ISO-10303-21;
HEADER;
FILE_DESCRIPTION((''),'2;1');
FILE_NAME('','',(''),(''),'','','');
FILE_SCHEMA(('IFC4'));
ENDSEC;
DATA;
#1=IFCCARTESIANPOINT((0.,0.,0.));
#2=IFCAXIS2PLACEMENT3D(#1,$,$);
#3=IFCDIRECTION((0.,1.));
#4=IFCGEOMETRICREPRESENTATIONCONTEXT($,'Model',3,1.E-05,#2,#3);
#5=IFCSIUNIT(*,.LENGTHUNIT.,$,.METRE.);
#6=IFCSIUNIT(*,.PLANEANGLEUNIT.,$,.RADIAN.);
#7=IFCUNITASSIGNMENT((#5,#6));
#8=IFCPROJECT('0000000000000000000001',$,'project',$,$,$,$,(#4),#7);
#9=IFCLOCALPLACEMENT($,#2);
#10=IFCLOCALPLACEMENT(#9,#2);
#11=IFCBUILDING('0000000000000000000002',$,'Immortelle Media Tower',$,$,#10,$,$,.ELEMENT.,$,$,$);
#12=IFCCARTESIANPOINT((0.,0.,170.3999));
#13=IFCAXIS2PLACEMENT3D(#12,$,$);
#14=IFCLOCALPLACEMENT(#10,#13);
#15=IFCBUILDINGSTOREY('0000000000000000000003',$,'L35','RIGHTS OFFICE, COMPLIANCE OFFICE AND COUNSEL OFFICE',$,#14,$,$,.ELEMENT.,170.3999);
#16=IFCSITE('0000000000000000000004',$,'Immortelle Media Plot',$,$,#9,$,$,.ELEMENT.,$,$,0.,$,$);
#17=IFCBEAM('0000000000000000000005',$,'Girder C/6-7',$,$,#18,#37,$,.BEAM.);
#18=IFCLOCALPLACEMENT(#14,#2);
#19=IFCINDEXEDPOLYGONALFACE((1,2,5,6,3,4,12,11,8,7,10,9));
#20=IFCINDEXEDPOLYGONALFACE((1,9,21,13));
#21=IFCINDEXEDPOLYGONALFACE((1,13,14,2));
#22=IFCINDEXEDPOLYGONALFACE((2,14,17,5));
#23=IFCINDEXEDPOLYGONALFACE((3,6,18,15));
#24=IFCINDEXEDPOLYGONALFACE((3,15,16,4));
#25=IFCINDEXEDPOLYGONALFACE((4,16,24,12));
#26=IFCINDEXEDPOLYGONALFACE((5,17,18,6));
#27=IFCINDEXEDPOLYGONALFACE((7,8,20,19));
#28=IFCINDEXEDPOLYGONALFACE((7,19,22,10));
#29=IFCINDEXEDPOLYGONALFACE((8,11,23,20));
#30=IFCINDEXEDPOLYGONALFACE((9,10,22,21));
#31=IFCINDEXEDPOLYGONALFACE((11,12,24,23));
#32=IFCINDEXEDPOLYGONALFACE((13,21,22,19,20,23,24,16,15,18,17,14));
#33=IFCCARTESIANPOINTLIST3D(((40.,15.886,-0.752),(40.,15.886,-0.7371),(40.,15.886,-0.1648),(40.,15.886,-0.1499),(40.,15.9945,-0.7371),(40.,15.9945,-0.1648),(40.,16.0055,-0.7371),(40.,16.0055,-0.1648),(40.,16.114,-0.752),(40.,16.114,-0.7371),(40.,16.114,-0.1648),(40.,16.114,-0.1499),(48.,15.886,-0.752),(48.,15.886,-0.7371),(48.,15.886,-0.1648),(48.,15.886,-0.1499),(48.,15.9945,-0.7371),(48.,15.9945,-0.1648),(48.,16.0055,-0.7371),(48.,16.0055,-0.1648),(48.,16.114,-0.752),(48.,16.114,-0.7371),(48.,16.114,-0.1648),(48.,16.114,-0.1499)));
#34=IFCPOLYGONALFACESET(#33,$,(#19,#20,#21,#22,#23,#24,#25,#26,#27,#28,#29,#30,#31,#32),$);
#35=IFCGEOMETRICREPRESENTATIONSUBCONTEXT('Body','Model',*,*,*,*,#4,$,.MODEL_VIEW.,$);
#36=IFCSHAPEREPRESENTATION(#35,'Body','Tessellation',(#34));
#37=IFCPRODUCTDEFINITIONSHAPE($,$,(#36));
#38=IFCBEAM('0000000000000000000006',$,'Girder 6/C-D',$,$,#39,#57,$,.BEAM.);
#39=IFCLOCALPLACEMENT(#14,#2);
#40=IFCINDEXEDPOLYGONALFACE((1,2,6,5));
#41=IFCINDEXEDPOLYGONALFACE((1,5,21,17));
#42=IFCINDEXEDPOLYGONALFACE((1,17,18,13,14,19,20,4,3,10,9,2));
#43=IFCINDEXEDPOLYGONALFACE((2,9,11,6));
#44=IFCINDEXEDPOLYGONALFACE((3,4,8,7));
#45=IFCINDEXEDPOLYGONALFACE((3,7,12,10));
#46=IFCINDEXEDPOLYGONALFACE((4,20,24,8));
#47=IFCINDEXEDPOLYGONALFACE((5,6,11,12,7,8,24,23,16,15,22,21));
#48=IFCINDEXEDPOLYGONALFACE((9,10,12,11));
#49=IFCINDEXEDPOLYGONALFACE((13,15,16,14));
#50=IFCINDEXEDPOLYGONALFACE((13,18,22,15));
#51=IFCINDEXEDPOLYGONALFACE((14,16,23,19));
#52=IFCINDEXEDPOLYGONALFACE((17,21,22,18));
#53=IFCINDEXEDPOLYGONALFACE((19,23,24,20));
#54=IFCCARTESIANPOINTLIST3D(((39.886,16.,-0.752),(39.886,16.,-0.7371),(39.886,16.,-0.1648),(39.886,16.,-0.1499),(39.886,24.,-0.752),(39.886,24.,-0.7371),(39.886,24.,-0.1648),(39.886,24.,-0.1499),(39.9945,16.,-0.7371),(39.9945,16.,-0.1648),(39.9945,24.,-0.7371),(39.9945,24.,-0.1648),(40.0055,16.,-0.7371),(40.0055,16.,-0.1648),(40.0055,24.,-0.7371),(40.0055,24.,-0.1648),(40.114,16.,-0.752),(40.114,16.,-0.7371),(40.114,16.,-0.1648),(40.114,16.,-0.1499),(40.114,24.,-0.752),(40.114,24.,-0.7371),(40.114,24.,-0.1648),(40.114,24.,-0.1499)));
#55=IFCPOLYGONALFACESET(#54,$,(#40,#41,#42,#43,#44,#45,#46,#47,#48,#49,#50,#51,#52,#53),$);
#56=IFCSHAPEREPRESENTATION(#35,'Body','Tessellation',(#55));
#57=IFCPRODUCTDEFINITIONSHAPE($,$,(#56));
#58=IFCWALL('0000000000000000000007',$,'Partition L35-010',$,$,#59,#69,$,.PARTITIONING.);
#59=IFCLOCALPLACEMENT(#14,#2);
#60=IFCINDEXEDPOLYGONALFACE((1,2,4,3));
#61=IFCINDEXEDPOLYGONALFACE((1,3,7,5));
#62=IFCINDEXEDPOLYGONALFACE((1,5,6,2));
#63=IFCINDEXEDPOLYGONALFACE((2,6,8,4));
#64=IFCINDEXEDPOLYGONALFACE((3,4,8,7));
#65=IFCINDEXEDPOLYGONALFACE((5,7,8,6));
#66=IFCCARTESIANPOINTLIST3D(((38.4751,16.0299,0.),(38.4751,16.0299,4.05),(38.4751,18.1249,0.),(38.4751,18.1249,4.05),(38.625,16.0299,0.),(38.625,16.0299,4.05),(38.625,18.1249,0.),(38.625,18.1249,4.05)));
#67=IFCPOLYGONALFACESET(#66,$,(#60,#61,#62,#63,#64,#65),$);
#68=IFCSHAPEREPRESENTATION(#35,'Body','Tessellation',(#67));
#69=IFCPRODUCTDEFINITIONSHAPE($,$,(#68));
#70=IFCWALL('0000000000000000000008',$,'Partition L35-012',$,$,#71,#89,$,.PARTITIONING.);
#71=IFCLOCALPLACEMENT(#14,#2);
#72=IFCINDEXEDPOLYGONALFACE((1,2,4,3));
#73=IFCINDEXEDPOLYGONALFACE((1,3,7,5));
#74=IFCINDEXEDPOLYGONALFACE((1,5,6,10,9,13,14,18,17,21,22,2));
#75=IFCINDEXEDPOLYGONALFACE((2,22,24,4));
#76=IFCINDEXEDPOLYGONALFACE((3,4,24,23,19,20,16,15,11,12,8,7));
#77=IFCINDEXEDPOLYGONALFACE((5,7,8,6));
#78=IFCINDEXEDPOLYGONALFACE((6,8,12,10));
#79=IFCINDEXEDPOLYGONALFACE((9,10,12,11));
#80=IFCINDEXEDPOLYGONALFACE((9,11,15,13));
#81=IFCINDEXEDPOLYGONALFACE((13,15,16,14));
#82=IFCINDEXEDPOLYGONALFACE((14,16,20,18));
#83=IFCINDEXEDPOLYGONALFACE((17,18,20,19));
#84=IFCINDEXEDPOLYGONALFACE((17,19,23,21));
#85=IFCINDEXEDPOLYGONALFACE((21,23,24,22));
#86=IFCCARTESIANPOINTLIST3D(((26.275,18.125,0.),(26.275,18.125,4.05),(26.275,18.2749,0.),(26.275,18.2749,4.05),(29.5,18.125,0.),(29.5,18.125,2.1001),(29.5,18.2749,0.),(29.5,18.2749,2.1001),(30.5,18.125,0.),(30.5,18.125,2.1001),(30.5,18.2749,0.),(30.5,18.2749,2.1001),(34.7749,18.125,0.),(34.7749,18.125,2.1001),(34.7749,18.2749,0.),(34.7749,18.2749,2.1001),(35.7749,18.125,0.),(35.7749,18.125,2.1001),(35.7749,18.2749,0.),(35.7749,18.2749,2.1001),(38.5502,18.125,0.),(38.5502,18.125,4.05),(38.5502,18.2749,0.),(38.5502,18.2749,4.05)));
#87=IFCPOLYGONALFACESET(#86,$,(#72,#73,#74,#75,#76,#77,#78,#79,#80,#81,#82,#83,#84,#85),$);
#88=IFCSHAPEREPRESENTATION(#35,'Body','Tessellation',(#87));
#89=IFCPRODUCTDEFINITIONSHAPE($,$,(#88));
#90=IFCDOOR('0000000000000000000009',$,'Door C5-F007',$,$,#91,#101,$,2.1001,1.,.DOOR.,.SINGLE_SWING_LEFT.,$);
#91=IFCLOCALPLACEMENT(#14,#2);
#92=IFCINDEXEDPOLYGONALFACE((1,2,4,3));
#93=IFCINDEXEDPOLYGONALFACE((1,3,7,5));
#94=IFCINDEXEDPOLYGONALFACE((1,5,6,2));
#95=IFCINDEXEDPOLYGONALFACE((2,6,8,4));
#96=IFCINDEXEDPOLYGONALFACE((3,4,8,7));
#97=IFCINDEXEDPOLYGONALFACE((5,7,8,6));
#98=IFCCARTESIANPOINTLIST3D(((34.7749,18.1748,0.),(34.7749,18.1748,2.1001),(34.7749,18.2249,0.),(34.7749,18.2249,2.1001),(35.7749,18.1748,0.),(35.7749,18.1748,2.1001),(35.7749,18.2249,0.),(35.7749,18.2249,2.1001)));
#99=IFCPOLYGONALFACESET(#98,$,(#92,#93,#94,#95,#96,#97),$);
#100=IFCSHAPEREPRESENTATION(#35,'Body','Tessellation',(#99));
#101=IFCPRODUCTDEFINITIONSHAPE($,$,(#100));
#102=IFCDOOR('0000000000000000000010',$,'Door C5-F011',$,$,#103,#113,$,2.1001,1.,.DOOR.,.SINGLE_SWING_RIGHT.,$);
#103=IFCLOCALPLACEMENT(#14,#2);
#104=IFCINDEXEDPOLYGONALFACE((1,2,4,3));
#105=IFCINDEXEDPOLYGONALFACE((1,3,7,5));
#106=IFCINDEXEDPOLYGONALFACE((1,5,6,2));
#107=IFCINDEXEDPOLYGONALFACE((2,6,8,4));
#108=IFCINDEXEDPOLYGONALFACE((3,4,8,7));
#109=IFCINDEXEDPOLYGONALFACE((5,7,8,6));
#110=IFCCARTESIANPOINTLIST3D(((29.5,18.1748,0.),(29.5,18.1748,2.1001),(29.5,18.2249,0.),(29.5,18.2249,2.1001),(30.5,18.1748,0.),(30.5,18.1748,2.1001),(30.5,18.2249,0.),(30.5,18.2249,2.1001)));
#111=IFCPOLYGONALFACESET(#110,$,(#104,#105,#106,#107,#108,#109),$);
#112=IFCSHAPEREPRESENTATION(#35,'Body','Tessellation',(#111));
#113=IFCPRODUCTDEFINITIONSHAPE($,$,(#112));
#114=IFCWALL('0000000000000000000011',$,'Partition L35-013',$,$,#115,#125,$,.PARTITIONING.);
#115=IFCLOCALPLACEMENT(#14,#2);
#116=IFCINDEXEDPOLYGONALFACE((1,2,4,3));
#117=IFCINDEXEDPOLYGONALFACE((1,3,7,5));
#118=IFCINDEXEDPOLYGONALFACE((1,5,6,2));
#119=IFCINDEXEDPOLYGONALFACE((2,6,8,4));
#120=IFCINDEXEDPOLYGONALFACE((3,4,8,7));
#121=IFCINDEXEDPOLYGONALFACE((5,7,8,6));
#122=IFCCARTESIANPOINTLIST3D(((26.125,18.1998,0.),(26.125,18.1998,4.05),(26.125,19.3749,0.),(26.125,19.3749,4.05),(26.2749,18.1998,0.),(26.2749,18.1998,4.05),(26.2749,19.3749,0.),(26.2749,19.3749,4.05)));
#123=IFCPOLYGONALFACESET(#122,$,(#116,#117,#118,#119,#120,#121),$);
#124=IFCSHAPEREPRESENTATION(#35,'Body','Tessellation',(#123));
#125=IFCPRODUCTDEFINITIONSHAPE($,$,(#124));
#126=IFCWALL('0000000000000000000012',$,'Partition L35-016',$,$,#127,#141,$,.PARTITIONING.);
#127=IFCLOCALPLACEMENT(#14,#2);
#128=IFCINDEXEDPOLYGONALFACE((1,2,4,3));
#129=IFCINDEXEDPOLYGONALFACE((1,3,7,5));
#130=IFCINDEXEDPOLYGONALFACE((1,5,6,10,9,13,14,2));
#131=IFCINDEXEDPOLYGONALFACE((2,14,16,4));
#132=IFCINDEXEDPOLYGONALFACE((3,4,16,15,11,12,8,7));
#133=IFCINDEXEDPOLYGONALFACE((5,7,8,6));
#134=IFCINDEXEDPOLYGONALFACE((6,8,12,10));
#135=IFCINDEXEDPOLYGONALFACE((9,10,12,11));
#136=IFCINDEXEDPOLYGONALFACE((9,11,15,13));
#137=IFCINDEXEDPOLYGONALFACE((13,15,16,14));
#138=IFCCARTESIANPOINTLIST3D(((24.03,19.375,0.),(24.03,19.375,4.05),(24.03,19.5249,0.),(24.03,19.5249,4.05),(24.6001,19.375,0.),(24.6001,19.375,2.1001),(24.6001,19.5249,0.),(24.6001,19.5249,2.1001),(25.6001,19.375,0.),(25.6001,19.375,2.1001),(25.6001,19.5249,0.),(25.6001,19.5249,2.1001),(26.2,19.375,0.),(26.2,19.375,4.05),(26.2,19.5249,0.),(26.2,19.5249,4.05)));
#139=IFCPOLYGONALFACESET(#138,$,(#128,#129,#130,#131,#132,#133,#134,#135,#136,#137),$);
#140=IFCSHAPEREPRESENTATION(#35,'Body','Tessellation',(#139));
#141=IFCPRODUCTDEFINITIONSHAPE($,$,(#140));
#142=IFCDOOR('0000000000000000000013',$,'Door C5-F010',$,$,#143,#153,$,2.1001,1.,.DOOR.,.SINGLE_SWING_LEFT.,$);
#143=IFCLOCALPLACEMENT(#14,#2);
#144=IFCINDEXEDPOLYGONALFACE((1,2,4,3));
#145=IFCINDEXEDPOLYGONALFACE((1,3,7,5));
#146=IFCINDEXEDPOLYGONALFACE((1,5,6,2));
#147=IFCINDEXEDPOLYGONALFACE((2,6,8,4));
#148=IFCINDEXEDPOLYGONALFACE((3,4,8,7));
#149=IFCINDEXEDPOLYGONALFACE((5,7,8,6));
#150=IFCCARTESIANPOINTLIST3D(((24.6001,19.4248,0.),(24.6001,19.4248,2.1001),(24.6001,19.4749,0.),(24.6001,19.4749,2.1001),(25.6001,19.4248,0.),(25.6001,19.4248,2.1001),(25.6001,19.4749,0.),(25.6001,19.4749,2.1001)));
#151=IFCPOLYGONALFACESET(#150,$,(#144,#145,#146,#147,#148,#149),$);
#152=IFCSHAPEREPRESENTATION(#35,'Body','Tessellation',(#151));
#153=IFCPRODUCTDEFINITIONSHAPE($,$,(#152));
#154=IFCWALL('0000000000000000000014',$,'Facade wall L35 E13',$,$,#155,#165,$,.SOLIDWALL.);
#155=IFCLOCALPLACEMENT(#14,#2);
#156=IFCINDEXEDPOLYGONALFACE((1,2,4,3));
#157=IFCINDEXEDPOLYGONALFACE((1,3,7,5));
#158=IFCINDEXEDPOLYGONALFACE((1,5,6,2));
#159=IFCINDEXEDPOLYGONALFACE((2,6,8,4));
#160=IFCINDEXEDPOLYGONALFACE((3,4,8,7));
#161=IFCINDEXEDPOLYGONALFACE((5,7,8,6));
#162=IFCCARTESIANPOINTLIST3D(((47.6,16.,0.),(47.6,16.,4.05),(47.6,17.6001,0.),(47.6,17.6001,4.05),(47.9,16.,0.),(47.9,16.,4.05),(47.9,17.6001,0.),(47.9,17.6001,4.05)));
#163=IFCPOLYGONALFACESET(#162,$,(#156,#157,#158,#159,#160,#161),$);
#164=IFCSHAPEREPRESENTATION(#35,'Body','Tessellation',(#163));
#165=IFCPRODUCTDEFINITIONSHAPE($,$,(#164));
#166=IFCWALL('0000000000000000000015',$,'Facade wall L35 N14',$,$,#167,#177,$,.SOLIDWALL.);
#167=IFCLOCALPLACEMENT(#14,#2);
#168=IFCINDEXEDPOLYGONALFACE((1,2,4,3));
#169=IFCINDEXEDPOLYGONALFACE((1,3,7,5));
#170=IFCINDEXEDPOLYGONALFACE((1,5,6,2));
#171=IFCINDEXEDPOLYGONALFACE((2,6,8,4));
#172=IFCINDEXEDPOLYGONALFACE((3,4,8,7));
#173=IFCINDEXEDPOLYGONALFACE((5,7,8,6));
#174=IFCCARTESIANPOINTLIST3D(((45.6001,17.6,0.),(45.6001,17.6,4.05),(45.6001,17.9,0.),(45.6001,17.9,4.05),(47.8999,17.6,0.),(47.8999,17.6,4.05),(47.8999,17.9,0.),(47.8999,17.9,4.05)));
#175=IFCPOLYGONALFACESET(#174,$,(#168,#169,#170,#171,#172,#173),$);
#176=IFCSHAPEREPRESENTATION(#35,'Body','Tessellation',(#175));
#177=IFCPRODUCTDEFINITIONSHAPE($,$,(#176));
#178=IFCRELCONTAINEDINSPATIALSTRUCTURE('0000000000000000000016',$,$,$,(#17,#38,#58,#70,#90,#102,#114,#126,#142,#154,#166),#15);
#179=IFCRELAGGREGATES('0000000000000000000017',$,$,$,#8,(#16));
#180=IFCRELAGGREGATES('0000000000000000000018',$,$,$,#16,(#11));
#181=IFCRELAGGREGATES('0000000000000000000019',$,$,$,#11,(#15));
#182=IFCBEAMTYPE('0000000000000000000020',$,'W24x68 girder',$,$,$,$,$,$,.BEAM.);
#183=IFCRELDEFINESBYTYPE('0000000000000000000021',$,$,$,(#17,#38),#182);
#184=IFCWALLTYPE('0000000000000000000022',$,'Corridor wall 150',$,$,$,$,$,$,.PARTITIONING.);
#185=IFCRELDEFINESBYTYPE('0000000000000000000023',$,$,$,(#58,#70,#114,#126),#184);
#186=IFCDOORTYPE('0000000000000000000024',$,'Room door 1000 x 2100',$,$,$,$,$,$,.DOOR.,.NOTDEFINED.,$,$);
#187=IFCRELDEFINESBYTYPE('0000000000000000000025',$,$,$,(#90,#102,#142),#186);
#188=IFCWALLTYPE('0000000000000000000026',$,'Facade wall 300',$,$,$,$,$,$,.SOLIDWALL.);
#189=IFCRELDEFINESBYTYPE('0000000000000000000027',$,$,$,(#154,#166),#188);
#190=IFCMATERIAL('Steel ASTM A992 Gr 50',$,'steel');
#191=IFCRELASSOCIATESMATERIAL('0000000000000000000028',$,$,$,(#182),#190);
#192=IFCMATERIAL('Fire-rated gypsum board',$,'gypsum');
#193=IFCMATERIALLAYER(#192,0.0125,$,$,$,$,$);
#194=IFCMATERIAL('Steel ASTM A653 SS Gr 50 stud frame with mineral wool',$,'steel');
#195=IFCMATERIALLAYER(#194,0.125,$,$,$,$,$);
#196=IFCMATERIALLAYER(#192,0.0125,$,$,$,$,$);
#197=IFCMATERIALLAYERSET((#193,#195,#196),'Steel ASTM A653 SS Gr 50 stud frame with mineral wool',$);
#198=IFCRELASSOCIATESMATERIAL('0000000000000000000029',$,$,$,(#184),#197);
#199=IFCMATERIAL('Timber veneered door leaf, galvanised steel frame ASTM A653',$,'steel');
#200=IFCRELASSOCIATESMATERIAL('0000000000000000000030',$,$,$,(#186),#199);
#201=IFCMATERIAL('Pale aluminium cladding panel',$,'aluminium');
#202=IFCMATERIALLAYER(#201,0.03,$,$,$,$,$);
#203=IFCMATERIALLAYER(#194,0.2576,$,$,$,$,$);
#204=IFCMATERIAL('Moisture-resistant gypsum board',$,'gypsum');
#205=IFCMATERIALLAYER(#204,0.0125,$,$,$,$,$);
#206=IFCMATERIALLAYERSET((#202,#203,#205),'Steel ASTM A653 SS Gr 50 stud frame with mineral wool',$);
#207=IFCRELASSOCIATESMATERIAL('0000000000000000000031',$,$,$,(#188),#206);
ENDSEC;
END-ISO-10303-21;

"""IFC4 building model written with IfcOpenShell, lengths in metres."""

from ifc_helpers import new_model, si_unit, direction, frame, frame_2d, origin, origin_2d, place, context, subcontext, project, spatial, rectangle, i_section, extrude, material, layer, layer_set, material_profile, profile_set, type_object, element, fill, save


model = new_model("IFC4")

# Units and contexts
model_context = context("Model", 3, precision=1e-05, world=origin(), true_north=direction((0.0, 1.0)))
body_context = subcontext(model_context, "Body", "Model", "MODEL_VIEW")
ifc_project = project(units=[si_unit("LENGTHUNIT", "METRE"), si_unit("PLANEANGLEUNIT", "RADIAN")], contexts=[model_context])

# Site, building, storey
site_placement = place(None, origin())
site = spatial("IfcSite", under=ifc_project, at=site_placement, Name="Immortelle Media Plot", CompositionType="ELEMENT", RefElevation=0.0)
building_placement = place(site_placement, origin())
building = spatial("IfcBuilding", under=site, at=building_placement, Name="Immortelle Media Tower", CompositionType="ELEMENT")
storey_placement = place(building_placement, frame((0.0, 0.0, 170.3999)))
storey = spatial("IfcBuildingStorey", under=building, at=storey_placement, Name="L35", Description="RIGHTS OFFICE, COMPLIANCE OFFICE AND COUNSEL OFFICE", CompositionType="ELEMENT", Elevation=170.3999)

# Shared definitions
ifc_material_1 = material(Name="Steel ASTM A992 Gr 50", Category="steel")

# Beams
ifc_material_profile_1 = material_profile(ifc_material_1, i_section(OverallWidth=0.228, OverallDepth=0.6021, WebThickness=0.011, FlangeThickness=0.0149, at=origin_2d()), Name="W24x68")
ifc_profile_set_1 = profile_set([ifc_material_profile_1], Name="Steel ASTM A992 Gr 50")
beam_type_1 = type_object("IfcBeamType", Name="W24x68 girder", PredefinedType="BEAM", material=ifc_profile_set_1)
for number, where, z_axis, x_axis, name in (
    (1, (40.0, 16.0, -0.4509), (1.0, 0.0, 0.0), (0.0, 1.0, 0.0), "Girder C/6-7"),
    (2, (40.0, 16.0, -0.4509), (0.0, 1.0, 0.0), (-1.0, 0.0, 0.0), "Girder 6/C-D"),
):
    element("IfcBeam", number, at=place(storey_placement, frame(where, z_axis=z_axis, x_axis=x_axis)), inside=storey, type_object=beam_type_1, Name=name, PredefinedType="BEAM", context=body_context, shape_type="SweptSolid", body=[
        extrude(i_section(OverallWidth=0.228, OverallDepth=0.6021, WebThickness=0.011, FlangeThickness=0.0149, at=origin_2d()), origin(), (0.0, 0.0, 1.0), 8.0),
    ])

# Wall
ifc_material_2 = material(Name="Fire-rated gypsum board", Category="gypsum")
ifc_layer_1 = layer(ifc_material_2, 0.0125)
ifc_material_3 = material(Name="Steel ASTM A653 SS Gr 50 stud frame with mineral wool", Category="steel")
ifc_layer_2 = layer(ifc_material_3, 0.125)
ifc_layer_3 = layer(ifc_material_2, 0.0125)
ifc_layer_set_1 = layer_set([ifc_layer_1, ifc_layer_2, ifc_layer_3], Name="Steel ASTM A653 SS Gr 50 stud frame with mineral wool")
wall_type_1 = type_object("IfcWallType", Name="Corridor wall 150", PredefinedType="PARTITIONING", material=ifc_layer_set_1)
wall_1_placement = place(storey_placement, frame((38.55, 16.03, 0.0), z_axis=(0.0, 0.0, 1.0), x_axis=(0.0, 1.0, 0.0)))
element("IfcWall", 3, at=wall_1_placement, inside=storey, type_object=wall_type_1, Name="Partition L35-010", PredefinedType="PARTITIONING", context=body_context, shape_type="SweptSolid", body=[
    extrude(rectangle(XDim=2.095, YDim=0.1499, at=frame_2d((1.0474, 0.0))), origin(), (0.0, 0.0, 1.0), 4.05),
])

# Wall, openings, doors
wall_2_placement = place(storey_placement, frame((26.2749, 18.2, 0.0), z_axis=(0.0, 0.0, 1.0), x_axis=(1.0, 0.0, 0.0)))
wall_2 = element("IfcWall", 4, at=wall_2_placement, inside=storey, type_object=wall_type_1, Name="Partition L35-012", PredefinedType="PARTITIONING", context=body_context, shape_type="SweptSolid", body=[
    extrude(rectangle(XDim=12.2751, YDim=0.1499, at=frame_2d((6.1377, 0.0))), origin(), (0.0, 0.0, 1.0), 4.05),
])
opening_1_placement = place(wall_2_placement, frame((8.5, 0.0, 0.0)))
opening_1 = element("IfcOpeningElement", 5, at=opening_1_placement, cuts=wall_2, PredefinedType="OPENING", context=body_context, shape_type="SweptSolid", body=[
    extrude(rectangle(XDim=1.0, YDim=2.1001, at=frame_2d((0.5, 1.05))), frame((0.0, 0.085, 0.0), z_axis=(0.0, -1.0, 0.0), x_axis=(1.0, 0.0, 0.0)), (0.0, 0.0, 1.0), 0.1699),
])
opening_2_placement = place(wall_2_placement, frame((3.2251, 0.0, 0.0)))
opening_2 = element("IfcOpeningElement", 6, at=opening_2_placement, cuts=wall_2, PredefinedType="OPENING", context=body_context, shape_type="SweptSolid", body=[
    extrude(rectangle(XDim=1.0, YDim=2.1001, at=frame_2d((0.5, 1.05))), frame((0.0, 0.085, 0.0), z_axis=(0.0, -1.0, 0.0), x_axis=(1.0, 0.0, 0.0)), (0.0, 0.0, 1.0), 0.1699),
])
ifc_material_4 = material(Name="Timber veneered door leaf, galvanised steel frame ASTM A653", Category="steel")
door_type_1 = type_object("IfcDoorType", Name="Room door 1000 x 2100", OperationType="NOTDEFINED", PredefinedType="DOOR", material=ifc_material_4)
door_1_placement = place(opening_1_placement, origin())
door_1 = element("IfcDoor", 7, at=door_1_placement, inside=storey, type_object=door_type_1, Name="Door C5-F007", OperationType="SINGLE_SWING_LEFT", OverallHeight=2.1001, OverallWidth=1.0, PredefinedType="DOOR", context=body_context, shape_type="SweptSolid", body=[
    extrude(rectangle(XDim=1.0, YDim=2.1001, at=frame_2d((0.5, 1.05))), frame((0.0, 0.0249, 0.0), z_axis=(0.0, -1.0, 0.0), x_axis=(1.0, 0.0, 0.0)), (0.0, 0.0, 1.0), 0.05),
])
fill(opening_1, door_1)
door_2_placement = place(opening_2_placement, origin())
door_2 = element("IfcDoor", 8, at=door_2_placement, inside=storey, type_object=door_type_1, Name="Door C5-F011", OperationType="SINGLE_SWING_RIGHT", OverallHeight=2.1001, OverallWidth=1.0, PredefinedType="DOOR", context=body_context, shape_type="SweptSolid", body=[
    extrude(rectangle(XDim=1.0, YDim=2.1001, at=frame_2d((0.5, 1.05))), frame((0.0, 0.0249, 0.0), z_axis=(0.0, -1.0, 0.0), x_axis=(1.0, 0.0, 0.0)), (0.0, 0.0, 1.0), 0.05),
])
fill(opening_2, door_2)

# Wall
wall_3_placement = place(storey_placement, frame((26.2, 18.2, 0.0), z_axis=(0.0, 0.0, 1.0), x_axis=(0.0, 1.0, 0.0)))
element("IfcWall", 9, at=wall_3_placement, inside=storey, type_object=wall_type_1, Name="Partition L35-013", PredefinedType="PARTITIONING", context=body_context, shape_type="SweptSolid", body=[
    extrude(rectangle(XDim=1.175, YDim=0.1499, at=frame_2d((0.5874, 0.0))), origin(), (0.0, 0.0, 1.0), 4.05),
])

# Wall, opening, door
wall_4_placement = place(storey_placement, frame((24.03, 19.45, 0.0), z_axis=(0.0, 0.0, 1.0), x_axis=(1.0, 0.0, 0.0)))
wall_4 = element("IfcWall", 10, at=wall_4_placement, inside=storey, type_object=wall_type_1, Name="Partition L35-016", PredefinedType="PARTITIONING", context=body_context, shape_type="SweptSolid", body=[
    extrude(rectangle(XDim=2.1699, YDim=0.1499, at=frame_2d((1.085, 0.0))), origin(), (0.0, 0.0, 1.0), 4.05),
])
opening_3_placement = place(wall_4_placement, frame((0.5701, 0.0, 0.0)))
opening_3 = element("IfcOpeningElement", 11, at=opening_3_placement, cuts=wall_4, PredefinedType="OPENING", context=body_context, shape_type="SweptSolid", body=[
    extrude(rectangle(XDim=1.0, YDim=2.1001, at=frame_2d((0.5, 1.05))), frame((0.0, 0.085, 0.0), z_axis=(0.0, -1.0, 0.0), x_axis=(1.0, 0.0, 0.0)), (0.0, 0.0, 1.0), 0.1699),
])
door_3_placement = place(opening_3_placement, origin())
door_3 = element("IfcDoor", 12, at=door_3_placement, inside=storey, type_object=door_type_1, Name="Door C5-F010", OperationType="SINGLE_SWING_LEFT", OverallHeight=2.1001, OverallWidth=1.0, PredefinedType="DOOR", context=body_context, shape_type="SweptSolid", body=[
    extrude(rectangle(XDim=1.0, YDim=2.1001, at=frame_2d((0.5, 1.05))), frame((0.0, 0.0249, 0.0), z_axis=(0.0, -1.0, 0.0), x_axis=(1.0, 0.0, 0.0)), (0.0, 0.0, 1.0), 0.05),
])
fill(opening_3, door_3)

# Walls
ifc_material_5 = material(Name="Pale aluminium cladding panel", Category="aluminium")
ifc_layer_4 = layer(ifc_material_5, 0.03)
ifc_layer_5 = layer(ifc_material_3, 0.2576)
ifc_material_6 = material(Name="Moisture-resistant gypsum board", Category="gypsum")
ifc_layer_6 = layer(ifc_material_6, 0.0125)
ifc_layer_set_2 = layer_set([ifc_layer_4, ifc_layer_5, ifc_layer_6], Name="Steel ASTM A653 SS Gr 50 stud frame with mineral wool")
wall_type_2 = type_object("IfcWallType", Name="Facade wall 300", PredefinedType="SOLIDWALL", material=ifc_layer_set_2)
wall_5_placement = place(storey_placement, frame((47.75, 16.0, 0.0), z_axis=(0.0, 0.0, 1.0), x_axis=(0.0, 1.0, 0.0)))
element("IfcWall", 13, at=wall_5_placement, inside=storey, type_object=wall_type_2, Name="Facade wall L35 E13", PredefinedType="SOLIDWALL", context=body_context, shape_type="SweptSolid", body=[
    extrude(rectangle(XDim=1.6001, YDim=0.3, at=frame_2d((0.8, 0.0))), origin(), (0.0, 0.0, 1.0), 4.05),
])
wall_6_placement = place(storey_placement, frame((47.8999, 17.75, 0.0), z_axis=(0.0, 0.0, 1.0), x_axis=(-1.0, 0.0, 0.0)))
element("IfcWall", 14, at=wall_6_placement, inside=storey, type_object=wall_type_2, Name="Facade wall L35 N14", PredefinedType="SOLIDWALL", context=body_context, shape_type="SweptSolid", body=[
    extrude(rectangle(XDim=2.2998, YDim=0.3, at=frame_2d((1.1499, 0.0))), origin(), (0.0, 0.0, 1.0), 4.05),
])

save(model, "model.ifc")
